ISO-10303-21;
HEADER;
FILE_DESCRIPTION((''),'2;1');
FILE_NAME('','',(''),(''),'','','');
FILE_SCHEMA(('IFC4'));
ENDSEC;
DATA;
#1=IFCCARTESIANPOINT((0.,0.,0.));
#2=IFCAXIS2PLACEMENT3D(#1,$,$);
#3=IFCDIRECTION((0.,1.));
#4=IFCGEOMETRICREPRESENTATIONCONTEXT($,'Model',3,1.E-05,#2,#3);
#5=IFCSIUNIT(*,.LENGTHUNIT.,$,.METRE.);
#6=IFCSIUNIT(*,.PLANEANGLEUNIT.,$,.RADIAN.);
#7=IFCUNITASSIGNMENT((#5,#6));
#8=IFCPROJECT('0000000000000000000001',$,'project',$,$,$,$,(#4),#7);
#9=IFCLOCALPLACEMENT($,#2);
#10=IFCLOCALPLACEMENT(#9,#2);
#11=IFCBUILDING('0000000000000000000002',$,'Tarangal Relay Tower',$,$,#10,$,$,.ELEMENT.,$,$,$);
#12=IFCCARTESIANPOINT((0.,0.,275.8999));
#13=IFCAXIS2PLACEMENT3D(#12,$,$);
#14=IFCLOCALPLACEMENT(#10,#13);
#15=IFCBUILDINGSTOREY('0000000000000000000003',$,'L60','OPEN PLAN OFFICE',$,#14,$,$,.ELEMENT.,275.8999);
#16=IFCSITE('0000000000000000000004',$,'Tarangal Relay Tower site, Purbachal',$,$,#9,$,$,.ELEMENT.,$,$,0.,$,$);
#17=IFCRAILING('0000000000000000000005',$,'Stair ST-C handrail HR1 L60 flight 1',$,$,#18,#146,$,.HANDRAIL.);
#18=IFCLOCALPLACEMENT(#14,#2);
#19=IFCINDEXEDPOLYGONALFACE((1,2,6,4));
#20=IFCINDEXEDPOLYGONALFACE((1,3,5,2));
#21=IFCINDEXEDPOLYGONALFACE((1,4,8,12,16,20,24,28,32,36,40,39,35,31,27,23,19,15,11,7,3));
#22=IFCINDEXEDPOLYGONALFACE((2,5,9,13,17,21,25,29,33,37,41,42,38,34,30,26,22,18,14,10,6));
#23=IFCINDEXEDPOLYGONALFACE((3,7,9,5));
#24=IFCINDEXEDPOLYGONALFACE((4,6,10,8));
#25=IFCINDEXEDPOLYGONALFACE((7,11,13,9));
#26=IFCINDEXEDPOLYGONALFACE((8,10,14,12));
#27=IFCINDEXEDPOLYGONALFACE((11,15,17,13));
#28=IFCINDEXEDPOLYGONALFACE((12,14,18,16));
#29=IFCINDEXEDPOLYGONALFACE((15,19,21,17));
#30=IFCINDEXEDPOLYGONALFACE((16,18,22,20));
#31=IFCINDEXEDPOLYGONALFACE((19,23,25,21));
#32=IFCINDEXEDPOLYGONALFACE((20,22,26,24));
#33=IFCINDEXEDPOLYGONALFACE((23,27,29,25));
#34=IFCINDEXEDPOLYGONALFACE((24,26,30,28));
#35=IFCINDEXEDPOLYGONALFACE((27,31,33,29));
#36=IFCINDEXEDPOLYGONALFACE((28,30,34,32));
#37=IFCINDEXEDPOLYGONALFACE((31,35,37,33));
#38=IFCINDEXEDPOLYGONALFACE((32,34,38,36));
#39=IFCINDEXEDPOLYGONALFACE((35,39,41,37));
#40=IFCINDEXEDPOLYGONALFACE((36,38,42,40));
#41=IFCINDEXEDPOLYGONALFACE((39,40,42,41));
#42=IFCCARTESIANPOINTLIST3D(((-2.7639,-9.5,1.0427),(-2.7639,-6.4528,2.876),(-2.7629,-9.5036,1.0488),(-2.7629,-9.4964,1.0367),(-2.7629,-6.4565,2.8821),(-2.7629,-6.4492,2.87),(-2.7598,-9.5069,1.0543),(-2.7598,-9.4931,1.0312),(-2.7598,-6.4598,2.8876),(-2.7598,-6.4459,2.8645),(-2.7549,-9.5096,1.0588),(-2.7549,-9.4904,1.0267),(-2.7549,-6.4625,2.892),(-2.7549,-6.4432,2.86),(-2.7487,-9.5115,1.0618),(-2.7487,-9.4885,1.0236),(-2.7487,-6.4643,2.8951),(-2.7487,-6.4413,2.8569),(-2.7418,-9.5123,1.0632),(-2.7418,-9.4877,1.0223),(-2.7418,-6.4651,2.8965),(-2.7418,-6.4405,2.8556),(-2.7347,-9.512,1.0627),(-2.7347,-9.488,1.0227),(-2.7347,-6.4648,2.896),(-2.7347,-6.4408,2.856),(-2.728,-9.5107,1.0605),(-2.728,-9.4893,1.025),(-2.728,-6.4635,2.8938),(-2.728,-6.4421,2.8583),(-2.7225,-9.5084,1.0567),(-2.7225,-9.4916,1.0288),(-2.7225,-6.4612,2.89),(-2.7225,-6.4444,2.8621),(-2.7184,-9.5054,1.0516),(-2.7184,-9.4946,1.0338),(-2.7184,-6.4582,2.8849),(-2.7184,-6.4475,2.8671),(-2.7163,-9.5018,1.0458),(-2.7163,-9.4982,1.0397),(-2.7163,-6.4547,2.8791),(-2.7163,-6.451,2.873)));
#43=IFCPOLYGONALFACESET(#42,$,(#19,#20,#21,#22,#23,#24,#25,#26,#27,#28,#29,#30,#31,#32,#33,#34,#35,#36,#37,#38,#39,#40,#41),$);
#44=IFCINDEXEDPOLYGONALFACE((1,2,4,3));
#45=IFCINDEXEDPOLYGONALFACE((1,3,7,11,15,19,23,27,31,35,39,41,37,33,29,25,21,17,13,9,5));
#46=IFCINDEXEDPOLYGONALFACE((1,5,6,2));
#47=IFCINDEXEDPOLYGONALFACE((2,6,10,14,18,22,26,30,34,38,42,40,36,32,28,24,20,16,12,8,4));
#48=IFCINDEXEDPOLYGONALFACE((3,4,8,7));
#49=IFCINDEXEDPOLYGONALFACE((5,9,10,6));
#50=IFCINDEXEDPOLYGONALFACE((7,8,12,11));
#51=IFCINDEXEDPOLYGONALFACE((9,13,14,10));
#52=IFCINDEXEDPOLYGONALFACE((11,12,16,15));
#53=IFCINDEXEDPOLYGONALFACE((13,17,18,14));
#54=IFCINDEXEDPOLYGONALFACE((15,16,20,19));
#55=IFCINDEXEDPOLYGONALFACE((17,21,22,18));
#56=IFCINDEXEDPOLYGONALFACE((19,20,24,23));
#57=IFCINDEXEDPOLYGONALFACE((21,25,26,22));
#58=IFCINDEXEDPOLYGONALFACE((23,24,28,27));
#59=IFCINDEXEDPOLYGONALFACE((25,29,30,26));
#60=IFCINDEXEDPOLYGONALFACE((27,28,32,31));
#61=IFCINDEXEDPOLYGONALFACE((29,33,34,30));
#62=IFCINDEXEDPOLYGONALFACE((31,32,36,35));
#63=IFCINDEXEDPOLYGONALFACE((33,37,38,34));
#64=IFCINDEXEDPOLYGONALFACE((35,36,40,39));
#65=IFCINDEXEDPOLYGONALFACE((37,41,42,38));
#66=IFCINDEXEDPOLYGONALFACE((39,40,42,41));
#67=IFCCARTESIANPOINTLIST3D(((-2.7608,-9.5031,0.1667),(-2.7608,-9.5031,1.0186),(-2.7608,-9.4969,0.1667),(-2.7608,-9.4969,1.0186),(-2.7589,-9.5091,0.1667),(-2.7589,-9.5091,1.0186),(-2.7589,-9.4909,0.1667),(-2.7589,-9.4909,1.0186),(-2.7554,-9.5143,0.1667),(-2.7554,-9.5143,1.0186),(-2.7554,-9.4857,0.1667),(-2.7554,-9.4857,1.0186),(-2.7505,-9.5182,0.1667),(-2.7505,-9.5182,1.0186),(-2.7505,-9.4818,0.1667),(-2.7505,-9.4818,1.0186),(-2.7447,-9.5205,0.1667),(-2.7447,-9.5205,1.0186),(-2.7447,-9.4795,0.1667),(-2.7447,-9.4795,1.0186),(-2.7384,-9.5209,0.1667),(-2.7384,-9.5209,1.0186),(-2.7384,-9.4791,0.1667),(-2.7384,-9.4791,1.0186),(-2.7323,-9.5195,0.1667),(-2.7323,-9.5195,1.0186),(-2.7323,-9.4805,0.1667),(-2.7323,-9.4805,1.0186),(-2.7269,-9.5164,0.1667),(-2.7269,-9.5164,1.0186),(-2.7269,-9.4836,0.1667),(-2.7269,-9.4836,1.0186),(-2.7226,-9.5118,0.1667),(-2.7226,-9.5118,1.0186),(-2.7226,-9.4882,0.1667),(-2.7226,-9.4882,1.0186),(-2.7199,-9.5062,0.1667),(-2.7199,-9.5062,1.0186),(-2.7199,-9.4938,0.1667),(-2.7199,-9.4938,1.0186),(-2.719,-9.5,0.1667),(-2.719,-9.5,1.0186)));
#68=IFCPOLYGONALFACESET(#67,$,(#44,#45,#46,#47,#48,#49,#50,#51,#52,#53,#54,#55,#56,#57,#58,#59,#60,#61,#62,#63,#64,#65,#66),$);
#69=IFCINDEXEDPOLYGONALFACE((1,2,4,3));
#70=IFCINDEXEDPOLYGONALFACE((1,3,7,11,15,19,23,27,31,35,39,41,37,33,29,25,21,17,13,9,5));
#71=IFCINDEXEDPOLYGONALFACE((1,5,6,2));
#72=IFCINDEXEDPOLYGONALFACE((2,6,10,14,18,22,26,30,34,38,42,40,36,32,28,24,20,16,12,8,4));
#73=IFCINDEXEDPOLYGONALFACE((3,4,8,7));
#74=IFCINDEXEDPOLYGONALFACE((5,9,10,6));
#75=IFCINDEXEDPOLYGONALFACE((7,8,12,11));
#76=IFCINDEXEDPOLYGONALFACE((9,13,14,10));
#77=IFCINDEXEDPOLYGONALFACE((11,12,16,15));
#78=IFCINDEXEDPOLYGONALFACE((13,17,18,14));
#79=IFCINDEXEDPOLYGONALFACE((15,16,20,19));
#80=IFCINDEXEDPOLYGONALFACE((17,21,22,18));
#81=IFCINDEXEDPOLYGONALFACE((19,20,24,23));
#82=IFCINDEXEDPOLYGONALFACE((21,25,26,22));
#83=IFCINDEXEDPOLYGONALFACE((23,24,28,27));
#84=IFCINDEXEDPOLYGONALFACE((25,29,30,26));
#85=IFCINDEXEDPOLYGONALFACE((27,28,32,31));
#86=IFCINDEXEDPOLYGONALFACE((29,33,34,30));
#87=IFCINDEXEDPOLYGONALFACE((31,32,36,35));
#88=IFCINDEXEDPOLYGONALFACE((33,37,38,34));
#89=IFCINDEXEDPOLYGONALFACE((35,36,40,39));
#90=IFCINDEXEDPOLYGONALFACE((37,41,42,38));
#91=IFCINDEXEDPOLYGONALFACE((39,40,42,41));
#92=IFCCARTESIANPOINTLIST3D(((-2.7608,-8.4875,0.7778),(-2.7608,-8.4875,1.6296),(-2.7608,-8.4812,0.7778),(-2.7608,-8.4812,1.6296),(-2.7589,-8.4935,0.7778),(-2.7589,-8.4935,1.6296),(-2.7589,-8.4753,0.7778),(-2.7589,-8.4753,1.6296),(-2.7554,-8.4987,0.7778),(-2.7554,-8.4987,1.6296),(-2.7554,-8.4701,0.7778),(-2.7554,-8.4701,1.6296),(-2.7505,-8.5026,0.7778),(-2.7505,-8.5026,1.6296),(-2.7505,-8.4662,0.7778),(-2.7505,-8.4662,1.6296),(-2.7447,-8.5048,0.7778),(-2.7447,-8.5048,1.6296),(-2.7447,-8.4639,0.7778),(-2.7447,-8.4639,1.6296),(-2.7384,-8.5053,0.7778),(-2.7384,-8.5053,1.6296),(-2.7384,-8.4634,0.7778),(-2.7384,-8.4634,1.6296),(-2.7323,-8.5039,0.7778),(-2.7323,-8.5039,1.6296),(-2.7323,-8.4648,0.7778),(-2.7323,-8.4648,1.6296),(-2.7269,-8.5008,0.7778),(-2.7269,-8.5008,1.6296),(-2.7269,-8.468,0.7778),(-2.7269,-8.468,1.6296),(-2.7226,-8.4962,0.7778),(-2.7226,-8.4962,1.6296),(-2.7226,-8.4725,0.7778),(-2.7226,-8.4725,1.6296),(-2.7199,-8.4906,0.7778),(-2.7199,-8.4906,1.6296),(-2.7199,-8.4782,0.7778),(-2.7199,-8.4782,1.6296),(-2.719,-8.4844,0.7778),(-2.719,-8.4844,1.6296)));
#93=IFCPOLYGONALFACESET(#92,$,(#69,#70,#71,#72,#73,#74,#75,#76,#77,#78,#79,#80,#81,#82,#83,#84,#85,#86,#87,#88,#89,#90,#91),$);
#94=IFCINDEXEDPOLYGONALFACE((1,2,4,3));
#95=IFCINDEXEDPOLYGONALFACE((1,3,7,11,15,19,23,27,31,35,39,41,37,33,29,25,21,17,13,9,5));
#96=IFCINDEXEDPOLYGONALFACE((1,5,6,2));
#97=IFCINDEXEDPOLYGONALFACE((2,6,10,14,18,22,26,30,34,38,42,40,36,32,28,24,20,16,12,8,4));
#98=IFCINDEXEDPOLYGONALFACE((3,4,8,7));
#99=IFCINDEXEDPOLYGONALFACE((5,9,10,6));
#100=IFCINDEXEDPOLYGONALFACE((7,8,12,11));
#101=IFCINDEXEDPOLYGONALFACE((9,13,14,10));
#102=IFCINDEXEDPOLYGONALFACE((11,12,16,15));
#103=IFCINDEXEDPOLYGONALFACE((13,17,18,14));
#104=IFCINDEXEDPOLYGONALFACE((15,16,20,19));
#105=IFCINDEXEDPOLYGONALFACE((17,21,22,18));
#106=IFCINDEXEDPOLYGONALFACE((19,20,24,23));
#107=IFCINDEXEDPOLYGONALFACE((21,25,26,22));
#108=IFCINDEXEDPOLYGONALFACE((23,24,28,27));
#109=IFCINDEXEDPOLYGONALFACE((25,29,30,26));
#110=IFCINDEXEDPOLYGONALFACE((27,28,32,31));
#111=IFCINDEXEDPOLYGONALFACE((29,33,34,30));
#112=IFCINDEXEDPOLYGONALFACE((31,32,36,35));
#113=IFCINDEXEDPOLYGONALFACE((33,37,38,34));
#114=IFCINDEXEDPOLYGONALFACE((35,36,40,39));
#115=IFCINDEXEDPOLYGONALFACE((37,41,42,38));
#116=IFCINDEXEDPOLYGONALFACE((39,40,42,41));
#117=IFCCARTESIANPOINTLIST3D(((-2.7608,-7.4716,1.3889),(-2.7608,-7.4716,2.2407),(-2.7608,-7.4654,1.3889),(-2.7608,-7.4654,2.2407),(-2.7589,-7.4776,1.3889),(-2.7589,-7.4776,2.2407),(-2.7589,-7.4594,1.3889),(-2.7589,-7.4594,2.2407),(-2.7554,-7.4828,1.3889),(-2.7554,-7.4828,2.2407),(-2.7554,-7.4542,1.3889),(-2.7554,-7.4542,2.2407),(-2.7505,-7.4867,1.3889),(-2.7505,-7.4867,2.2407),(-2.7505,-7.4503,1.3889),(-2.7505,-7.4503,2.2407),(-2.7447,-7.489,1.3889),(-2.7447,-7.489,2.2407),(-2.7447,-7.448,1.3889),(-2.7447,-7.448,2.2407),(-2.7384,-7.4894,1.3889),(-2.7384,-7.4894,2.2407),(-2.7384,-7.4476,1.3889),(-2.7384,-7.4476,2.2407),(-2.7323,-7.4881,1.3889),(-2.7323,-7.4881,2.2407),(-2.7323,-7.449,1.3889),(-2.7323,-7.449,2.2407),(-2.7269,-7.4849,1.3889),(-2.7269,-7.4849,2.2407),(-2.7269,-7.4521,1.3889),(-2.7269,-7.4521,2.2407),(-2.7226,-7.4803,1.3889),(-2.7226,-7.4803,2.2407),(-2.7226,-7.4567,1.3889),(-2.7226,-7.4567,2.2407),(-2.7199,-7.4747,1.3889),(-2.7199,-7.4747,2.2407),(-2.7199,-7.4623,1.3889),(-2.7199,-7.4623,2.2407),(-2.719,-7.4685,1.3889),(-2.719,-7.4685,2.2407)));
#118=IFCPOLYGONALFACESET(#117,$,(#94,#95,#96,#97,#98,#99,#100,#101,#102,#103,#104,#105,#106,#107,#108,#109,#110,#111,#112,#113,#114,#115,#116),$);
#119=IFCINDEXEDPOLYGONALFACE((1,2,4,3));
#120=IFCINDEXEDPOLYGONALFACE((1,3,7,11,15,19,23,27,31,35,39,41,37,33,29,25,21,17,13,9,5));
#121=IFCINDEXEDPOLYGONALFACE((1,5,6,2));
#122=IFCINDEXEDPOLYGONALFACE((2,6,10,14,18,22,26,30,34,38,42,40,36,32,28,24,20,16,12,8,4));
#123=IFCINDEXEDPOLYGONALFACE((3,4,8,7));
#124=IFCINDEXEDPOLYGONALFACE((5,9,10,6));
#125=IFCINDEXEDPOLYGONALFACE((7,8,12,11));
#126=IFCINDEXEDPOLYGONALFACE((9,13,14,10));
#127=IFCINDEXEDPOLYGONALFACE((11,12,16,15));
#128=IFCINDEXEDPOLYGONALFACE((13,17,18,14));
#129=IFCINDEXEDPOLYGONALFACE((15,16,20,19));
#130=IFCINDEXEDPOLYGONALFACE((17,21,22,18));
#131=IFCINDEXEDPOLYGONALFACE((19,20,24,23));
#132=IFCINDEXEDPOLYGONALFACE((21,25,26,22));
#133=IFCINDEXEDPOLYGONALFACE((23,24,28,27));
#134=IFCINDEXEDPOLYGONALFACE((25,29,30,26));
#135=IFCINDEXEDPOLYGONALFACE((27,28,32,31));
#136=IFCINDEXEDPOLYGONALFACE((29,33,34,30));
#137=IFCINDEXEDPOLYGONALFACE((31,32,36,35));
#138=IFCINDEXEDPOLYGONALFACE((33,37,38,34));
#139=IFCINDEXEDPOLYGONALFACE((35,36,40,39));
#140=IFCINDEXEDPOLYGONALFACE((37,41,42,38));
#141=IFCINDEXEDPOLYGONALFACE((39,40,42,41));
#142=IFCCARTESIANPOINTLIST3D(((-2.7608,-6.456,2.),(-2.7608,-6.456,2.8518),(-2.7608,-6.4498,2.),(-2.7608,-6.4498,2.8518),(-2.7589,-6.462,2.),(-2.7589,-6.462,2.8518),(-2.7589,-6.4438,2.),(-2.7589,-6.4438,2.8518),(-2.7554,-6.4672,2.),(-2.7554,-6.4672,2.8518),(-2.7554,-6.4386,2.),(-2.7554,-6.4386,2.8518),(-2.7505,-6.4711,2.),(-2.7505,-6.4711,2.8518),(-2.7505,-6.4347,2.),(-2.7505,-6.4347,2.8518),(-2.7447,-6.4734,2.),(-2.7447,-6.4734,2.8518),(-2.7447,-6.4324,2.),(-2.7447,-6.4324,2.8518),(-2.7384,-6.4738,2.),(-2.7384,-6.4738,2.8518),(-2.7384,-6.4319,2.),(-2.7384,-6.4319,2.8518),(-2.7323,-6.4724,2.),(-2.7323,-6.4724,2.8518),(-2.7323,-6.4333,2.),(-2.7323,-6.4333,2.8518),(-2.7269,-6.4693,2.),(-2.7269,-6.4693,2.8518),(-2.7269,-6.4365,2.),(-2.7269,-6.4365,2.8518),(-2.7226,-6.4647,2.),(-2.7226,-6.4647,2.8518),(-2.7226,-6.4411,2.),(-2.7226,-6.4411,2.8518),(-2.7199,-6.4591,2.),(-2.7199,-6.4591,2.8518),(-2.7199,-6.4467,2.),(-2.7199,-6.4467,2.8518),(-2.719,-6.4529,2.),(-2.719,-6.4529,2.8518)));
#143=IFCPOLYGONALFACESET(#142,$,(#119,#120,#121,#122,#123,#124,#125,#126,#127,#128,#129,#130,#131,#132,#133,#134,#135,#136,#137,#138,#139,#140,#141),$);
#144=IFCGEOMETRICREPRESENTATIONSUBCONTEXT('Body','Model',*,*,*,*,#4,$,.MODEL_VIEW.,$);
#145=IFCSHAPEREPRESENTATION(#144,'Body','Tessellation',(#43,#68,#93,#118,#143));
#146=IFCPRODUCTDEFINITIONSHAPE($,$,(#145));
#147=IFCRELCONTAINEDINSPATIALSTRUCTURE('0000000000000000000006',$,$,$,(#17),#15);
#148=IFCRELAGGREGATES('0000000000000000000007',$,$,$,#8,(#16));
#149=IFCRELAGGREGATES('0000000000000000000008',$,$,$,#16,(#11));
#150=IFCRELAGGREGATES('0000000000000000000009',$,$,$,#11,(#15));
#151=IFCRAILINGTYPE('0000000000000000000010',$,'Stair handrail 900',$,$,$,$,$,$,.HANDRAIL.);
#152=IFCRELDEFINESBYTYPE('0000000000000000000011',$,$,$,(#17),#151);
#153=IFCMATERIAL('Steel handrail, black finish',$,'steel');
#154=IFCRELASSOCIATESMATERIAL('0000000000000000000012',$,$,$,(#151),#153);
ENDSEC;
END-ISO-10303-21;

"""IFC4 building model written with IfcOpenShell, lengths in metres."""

from ifc_helpers import new_model, si_unit, direction, frame, origin, origin_2d, place, context, subcontext, project, spatial, circle, extrude, material, type_object, element, save


model = new_model("IFC4")

# Units and contexts
model_context = context("Model", 3, precision=1e-05, world=origin(), true_north=direction((0.0, 1.0)))
body_context = subcontext(model_context, "Body", "Model", "MODEL_VIEW")
ifc_project = project(units=[si_unit("LENGTHUNIT", "METRE"), si_unit("PLANEANGLEUNIT", "RADIAN")], contexts=[model_context])

# Site, building, storey
site_placement = place(None, origin())
site = spatial("IfcSite", under=ifc_project, at=site_placement, Name="Tarangal Relay Tower site, Purbachal", CompositionType="ELEMENT", RefElevation=0.0)
building_placement = place(site_placement, origin())
building = spatial("IfcBuilding", under=site, at=building_placement, Name="Tarangal Relay Tower", CompositionType="ELEMENT")
storey_placement = place(building_placement, frame((0.0, 0.0, 275.8999)))
storey = spatial("IfcBuildingStorey", under=building, at=storey_placement, Name="L60", Description="OPEN PLAN OFFICE", CompositionType="ELEMENT", Elevation=275.8999)

# Railing
ifc_material_1 = material(Name="Steel handrail, black finish", Category="steel")
railing_type_1 = type_object("IfcRailingType", Name="Stair handrail 900", PredefinedType="HANDRAIL", material=ifc_material_1)
railing_1_placement = place(storey_placement, frame((-2.74, -9.5, 0.1667)))
element("IfcRailing", 1, at=railing_1_placement, inside=storey, type_object=railing_type_1, Name="Stair ST-C handrail HR1 L60 flight 1", PredefinedType="HANDRAIL", context=body_context, shape_type="SweptSolid", body=[
    extrude(circle(Radius=0.0239, at=origin_2d()), frame((0.0, 0.0, 0.876), z_axis=(0.0, 0.856874, 0.515525), x_axis=(-1.0, 0.0, 0.0)), (0.0, 0.0, 1.0), 3.5562),
    extrude(circle(Radius=0.021, at=origin_2d()), origin(), (0.0, 0.0, 1.0), 0.8518),
    extrude(circle(Radius=0.021, at=origin_2d()), frame((0.0, 1.0156, 0.6111)), (0.0, 0.0, 1.0), 0.8518),
    extrude(circle(Radius=0.021, at=origin_2d()), frame((0.0, 2.0315, 1.2222)), (0.0, 0.0, 1.0), 0.8518),
    extrude(circle(Radius=0.021, at=origin_2d()), frame((0.0, 3.0471, 1.8333)), (0.0, 0.0, 1.0), 0.8518),
])

save(model, "model.ifc")
